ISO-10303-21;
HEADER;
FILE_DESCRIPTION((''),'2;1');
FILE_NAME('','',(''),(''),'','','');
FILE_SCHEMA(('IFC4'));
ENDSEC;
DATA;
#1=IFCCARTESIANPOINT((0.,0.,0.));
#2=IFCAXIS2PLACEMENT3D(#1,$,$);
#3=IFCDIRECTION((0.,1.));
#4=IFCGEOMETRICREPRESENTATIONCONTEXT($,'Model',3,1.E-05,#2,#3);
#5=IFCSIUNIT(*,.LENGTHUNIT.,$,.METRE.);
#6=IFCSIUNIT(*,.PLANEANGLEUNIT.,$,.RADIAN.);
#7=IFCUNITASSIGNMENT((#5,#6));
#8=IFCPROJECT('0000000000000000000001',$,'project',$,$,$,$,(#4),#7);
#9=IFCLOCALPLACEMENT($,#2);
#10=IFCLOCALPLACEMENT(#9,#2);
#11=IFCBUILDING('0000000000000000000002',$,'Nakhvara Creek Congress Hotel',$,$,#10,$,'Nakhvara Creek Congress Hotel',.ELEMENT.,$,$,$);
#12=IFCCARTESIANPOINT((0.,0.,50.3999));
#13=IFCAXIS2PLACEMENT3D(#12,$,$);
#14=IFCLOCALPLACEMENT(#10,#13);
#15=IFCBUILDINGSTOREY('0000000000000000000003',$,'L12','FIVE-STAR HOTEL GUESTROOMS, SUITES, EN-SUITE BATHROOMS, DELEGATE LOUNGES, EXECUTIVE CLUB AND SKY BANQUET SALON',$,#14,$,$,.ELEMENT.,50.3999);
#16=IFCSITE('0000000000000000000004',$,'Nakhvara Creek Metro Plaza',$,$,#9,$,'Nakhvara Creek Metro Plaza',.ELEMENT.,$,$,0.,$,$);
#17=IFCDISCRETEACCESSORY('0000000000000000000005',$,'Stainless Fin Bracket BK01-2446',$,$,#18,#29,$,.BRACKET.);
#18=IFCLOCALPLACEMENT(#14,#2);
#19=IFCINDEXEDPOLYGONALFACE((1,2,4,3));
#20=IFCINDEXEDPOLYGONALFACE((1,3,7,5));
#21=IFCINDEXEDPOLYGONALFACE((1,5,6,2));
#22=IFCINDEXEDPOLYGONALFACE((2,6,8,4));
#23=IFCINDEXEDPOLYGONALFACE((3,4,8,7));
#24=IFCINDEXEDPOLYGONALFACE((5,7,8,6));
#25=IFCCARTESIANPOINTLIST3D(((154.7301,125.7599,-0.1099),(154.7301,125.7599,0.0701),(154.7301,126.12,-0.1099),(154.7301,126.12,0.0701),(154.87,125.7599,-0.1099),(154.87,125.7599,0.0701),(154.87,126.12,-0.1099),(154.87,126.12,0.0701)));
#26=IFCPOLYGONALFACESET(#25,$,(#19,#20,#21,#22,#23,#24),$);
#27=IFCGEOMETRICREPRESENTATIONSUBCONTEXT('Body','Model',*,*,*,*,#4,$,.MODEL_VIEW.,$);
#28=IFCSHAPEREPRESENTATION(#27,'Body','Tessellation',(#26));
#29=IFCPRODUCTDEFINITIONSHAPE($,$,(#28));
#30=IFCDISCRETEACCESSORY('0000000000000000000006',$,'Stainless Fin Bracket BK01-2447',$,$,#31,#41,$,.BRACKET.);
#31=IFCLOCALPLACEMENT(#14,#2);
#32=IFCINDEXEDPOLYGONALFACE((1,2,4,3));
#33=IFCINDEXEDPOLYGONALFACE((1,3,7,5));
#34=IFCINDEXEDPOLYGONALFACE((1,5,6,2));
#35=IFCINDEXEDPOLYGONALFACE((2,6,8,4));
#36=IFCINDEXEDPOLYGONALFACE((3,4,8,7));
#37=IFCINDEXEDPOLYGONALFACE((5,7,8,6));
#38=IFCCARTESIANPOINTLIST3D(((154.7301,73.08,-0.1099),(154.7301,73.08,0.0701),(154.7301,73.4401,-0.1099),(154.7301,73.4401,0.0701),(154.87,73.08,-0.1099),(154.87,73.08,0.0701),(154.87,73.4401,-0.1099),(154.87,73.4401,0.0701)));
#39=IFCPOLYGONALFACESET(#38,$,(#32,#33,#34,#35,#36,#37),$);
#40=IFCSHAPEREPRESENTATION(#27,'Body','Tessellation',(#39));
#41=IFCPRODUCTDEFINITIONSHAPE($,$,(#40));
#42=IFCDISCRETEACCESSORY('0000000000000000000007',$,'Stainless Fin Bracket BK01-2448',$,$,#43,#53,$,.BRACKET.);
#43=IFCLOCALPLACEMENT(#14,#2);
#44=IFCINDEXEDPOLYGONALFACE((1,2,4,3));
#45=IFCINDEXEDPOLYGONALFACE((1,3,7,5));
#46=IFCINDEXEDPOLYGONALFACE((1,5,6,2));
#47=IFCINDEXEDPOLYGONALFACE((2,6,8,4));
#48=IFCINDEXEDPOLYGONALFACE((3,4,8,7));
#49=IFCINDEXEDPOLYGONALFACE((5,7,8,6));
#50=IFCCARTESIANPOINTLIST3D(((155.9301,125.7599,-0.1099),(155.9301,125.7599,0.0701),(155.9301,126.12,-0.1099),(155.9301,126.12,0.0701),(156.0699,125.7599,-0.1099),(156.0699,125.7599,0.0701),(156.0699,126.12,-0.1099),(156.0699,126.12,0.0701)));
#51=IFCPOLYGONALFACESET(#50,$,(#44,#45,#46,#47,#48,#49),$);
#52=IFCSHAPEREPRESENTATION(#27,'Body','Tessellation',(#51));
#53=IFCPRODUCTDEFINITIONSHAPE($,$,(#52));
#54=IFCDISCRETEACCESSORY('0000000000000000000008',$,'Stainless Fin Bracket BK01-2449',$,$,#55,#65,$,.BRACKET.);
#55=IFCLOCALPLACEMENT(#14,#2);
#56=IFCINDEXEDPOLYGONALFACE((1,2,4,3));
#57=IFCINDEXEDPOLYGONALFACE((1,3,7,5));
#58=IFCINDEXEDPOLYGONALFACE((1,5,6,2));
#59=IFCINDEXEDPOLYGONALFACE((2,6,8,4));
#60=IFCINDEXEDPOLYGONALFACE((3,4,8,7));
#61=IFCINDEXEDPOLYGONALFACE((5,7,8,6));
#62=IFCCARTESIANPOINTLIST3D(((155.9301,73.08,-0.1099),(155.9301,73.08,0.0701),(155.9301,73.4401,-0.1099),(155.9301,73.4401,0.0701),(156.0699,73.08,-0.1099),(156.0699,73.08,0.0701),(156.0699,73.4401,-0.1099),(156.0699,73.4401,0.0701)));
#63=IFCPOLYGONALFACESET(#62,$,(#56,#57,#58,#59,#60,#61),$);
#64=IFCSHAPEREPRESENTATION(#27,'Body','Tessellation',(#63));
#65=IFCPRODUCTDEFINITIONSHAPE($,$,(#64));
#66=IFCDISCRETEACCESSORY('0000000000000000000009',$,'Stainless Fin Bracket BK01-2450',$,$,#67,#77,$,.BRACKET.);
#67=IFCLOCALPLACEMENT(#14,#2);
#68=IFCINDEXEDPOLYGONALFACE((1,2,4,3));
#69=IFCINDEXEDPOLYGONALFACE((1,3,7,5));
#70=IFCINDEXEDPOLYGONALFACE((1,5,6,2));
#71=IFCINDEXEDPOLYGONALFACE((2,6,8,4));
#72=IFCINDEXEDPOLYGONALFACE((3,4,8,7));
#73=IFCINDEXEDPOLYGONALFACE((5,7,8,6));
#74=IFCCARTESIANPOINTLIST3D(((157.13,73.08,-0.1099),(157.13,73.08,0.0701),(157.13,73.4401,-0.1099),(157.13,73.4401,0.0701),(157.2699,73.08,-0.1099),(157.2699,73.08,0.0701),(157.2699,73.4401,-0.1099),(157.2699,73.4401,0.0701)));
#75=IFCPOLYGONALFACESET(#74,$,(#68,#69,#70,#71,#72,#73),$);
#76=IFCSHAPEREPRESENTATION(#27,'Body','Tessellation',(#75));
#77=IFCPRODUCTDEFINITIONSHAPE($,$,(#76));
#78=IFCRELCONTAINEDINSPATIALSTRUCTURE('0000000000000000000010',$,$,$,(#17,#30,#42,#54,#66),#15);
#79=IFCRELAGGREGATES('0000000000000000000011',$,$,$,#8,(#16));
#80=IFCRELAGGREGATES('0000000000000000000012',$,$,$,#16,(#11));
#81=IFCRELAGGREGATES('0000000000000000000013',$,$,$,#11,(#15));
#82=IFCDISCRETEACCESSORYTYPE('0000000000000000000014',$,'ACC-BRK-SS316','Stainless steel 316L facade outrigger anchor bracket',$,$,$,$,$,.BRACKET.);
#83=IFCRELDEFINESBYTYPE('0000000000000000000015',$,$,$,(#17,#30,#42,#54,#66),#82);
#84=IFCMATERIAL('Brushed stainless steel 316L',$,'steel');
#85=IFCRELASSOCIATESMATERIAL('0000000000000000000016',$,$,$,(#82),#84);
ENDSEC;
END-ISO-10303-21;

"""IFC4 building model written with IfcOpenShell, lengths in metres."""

from ifc_helpers import new_model, si_unit, direction, frame, origin, origin_2d, place, context, subcontext, project, spatial, rectangle, extrude, material, type_object, element, save


model = new_model("IFC4")

# Units and contexts
model_context = context("Model", 3, precision=1e-05, world=origin(), true_north=direction((0.0, 1.0)))
body_context = subcontext(model_context, "Body", "Model", "MODEL_VIEW")
ifc_project = project(units=[si_unit("LENGTHUNIT", "METRE"), si_unit("PLANEANGLEUNIT", "RADIAN")], contexts=[model_context])

# Site, building, storey
site_placement = place(None, origin())
site = spatial("IfcSite", under=ifc_project, at=site_placement, Name="Nakhvara Creek Metro Plaza", LongName="Nakhvara Creek Metro Plaza", CompositionType="ELEMENT", RefElevation=0.0)
building_placement = place(site_placement, origin())
building = spatial("IfcBuilding", under=site, at=building_placement, Name="Nakhvara Creek Congress Hotel", LongName="Nakhvara Creek Congress Hotel", CompositionType="ELEMENT")
storey_placement = place(building_placement, frame((0.0, 0.0, 50.3999)))
storey = spatial("IfcBuildingStorey", under=building, at=storey_placement, Name="L12", Description="FIVE-STAR HOTEL GUESTROOMS, SUITES, EN-SUITE BATHROOMS, DELEGATE LOUNGES, EXECUTIVE CLUB AND SKY BANQUET SALON", CompositionType="ELEMENT", Elevation=50.3999)

# Discrete accessories
ifc_material_1 = material(Name="Brushed stainless steel 316L", Category="steel")
discrete_accessory_type = type_object("IfcDiscreteAccessoryType", Name="ACC-BRK-SS316", Description="Stainless steel 316L facade outrigger anchor bracket", PredefinedType="BRACKET", material=ifc_material_1)
for number, where, z_axis, x_axis, name in (
    (1, (154.8, 125.9399, -0.1099), (0.0, 0.0, 1.0), (1.0, 0.0, 0.0), "Stainless Fin Bracket BK01-2446"),
    (2, (154.8, 73.26, -0.1099), (0.0, 0.0, 1.0), (1.0, 0.0, 0.0), "Stainless Fin Bracket BK01-2447"),
    (3, (156.0, 125.9399, -0.1099), (0.0, 0.0, 1.0), (1.0, 0.0, 0.0), "Stainless Fin Bracket BK01-2448"),
    (4, (156.0, 73.26, -0.1099), (0.0, 0.0, 1.0), (1.0, 0.0, 0.0), "Stainless Fin Bracket BK01-2449"),
    (5, (157.2, 73.26, -0.1099), (0.0, 0.0, 1.0), (1.0, 0.0, 0.0), "Stainless Fin Bracket BK01-2450"),
):
    element("IfcDiscreteAccessory", number, at=place(storey_placement, frame(where, z_axis=z_axis, x_axis=x_axis)), inside=storey, type_object=discrete_accessory_type, Name=name, PredefinedType="BRACKET", context=body_context, shape_type="SweptSolid", body=[
        extrude(rectangle(XDim=0.1399, YDim=0.3601, at=origin_2d()), origin(), (0.0, 0.0, 1.0), 0.1799),
    ])

save(model, "model.ifc")
